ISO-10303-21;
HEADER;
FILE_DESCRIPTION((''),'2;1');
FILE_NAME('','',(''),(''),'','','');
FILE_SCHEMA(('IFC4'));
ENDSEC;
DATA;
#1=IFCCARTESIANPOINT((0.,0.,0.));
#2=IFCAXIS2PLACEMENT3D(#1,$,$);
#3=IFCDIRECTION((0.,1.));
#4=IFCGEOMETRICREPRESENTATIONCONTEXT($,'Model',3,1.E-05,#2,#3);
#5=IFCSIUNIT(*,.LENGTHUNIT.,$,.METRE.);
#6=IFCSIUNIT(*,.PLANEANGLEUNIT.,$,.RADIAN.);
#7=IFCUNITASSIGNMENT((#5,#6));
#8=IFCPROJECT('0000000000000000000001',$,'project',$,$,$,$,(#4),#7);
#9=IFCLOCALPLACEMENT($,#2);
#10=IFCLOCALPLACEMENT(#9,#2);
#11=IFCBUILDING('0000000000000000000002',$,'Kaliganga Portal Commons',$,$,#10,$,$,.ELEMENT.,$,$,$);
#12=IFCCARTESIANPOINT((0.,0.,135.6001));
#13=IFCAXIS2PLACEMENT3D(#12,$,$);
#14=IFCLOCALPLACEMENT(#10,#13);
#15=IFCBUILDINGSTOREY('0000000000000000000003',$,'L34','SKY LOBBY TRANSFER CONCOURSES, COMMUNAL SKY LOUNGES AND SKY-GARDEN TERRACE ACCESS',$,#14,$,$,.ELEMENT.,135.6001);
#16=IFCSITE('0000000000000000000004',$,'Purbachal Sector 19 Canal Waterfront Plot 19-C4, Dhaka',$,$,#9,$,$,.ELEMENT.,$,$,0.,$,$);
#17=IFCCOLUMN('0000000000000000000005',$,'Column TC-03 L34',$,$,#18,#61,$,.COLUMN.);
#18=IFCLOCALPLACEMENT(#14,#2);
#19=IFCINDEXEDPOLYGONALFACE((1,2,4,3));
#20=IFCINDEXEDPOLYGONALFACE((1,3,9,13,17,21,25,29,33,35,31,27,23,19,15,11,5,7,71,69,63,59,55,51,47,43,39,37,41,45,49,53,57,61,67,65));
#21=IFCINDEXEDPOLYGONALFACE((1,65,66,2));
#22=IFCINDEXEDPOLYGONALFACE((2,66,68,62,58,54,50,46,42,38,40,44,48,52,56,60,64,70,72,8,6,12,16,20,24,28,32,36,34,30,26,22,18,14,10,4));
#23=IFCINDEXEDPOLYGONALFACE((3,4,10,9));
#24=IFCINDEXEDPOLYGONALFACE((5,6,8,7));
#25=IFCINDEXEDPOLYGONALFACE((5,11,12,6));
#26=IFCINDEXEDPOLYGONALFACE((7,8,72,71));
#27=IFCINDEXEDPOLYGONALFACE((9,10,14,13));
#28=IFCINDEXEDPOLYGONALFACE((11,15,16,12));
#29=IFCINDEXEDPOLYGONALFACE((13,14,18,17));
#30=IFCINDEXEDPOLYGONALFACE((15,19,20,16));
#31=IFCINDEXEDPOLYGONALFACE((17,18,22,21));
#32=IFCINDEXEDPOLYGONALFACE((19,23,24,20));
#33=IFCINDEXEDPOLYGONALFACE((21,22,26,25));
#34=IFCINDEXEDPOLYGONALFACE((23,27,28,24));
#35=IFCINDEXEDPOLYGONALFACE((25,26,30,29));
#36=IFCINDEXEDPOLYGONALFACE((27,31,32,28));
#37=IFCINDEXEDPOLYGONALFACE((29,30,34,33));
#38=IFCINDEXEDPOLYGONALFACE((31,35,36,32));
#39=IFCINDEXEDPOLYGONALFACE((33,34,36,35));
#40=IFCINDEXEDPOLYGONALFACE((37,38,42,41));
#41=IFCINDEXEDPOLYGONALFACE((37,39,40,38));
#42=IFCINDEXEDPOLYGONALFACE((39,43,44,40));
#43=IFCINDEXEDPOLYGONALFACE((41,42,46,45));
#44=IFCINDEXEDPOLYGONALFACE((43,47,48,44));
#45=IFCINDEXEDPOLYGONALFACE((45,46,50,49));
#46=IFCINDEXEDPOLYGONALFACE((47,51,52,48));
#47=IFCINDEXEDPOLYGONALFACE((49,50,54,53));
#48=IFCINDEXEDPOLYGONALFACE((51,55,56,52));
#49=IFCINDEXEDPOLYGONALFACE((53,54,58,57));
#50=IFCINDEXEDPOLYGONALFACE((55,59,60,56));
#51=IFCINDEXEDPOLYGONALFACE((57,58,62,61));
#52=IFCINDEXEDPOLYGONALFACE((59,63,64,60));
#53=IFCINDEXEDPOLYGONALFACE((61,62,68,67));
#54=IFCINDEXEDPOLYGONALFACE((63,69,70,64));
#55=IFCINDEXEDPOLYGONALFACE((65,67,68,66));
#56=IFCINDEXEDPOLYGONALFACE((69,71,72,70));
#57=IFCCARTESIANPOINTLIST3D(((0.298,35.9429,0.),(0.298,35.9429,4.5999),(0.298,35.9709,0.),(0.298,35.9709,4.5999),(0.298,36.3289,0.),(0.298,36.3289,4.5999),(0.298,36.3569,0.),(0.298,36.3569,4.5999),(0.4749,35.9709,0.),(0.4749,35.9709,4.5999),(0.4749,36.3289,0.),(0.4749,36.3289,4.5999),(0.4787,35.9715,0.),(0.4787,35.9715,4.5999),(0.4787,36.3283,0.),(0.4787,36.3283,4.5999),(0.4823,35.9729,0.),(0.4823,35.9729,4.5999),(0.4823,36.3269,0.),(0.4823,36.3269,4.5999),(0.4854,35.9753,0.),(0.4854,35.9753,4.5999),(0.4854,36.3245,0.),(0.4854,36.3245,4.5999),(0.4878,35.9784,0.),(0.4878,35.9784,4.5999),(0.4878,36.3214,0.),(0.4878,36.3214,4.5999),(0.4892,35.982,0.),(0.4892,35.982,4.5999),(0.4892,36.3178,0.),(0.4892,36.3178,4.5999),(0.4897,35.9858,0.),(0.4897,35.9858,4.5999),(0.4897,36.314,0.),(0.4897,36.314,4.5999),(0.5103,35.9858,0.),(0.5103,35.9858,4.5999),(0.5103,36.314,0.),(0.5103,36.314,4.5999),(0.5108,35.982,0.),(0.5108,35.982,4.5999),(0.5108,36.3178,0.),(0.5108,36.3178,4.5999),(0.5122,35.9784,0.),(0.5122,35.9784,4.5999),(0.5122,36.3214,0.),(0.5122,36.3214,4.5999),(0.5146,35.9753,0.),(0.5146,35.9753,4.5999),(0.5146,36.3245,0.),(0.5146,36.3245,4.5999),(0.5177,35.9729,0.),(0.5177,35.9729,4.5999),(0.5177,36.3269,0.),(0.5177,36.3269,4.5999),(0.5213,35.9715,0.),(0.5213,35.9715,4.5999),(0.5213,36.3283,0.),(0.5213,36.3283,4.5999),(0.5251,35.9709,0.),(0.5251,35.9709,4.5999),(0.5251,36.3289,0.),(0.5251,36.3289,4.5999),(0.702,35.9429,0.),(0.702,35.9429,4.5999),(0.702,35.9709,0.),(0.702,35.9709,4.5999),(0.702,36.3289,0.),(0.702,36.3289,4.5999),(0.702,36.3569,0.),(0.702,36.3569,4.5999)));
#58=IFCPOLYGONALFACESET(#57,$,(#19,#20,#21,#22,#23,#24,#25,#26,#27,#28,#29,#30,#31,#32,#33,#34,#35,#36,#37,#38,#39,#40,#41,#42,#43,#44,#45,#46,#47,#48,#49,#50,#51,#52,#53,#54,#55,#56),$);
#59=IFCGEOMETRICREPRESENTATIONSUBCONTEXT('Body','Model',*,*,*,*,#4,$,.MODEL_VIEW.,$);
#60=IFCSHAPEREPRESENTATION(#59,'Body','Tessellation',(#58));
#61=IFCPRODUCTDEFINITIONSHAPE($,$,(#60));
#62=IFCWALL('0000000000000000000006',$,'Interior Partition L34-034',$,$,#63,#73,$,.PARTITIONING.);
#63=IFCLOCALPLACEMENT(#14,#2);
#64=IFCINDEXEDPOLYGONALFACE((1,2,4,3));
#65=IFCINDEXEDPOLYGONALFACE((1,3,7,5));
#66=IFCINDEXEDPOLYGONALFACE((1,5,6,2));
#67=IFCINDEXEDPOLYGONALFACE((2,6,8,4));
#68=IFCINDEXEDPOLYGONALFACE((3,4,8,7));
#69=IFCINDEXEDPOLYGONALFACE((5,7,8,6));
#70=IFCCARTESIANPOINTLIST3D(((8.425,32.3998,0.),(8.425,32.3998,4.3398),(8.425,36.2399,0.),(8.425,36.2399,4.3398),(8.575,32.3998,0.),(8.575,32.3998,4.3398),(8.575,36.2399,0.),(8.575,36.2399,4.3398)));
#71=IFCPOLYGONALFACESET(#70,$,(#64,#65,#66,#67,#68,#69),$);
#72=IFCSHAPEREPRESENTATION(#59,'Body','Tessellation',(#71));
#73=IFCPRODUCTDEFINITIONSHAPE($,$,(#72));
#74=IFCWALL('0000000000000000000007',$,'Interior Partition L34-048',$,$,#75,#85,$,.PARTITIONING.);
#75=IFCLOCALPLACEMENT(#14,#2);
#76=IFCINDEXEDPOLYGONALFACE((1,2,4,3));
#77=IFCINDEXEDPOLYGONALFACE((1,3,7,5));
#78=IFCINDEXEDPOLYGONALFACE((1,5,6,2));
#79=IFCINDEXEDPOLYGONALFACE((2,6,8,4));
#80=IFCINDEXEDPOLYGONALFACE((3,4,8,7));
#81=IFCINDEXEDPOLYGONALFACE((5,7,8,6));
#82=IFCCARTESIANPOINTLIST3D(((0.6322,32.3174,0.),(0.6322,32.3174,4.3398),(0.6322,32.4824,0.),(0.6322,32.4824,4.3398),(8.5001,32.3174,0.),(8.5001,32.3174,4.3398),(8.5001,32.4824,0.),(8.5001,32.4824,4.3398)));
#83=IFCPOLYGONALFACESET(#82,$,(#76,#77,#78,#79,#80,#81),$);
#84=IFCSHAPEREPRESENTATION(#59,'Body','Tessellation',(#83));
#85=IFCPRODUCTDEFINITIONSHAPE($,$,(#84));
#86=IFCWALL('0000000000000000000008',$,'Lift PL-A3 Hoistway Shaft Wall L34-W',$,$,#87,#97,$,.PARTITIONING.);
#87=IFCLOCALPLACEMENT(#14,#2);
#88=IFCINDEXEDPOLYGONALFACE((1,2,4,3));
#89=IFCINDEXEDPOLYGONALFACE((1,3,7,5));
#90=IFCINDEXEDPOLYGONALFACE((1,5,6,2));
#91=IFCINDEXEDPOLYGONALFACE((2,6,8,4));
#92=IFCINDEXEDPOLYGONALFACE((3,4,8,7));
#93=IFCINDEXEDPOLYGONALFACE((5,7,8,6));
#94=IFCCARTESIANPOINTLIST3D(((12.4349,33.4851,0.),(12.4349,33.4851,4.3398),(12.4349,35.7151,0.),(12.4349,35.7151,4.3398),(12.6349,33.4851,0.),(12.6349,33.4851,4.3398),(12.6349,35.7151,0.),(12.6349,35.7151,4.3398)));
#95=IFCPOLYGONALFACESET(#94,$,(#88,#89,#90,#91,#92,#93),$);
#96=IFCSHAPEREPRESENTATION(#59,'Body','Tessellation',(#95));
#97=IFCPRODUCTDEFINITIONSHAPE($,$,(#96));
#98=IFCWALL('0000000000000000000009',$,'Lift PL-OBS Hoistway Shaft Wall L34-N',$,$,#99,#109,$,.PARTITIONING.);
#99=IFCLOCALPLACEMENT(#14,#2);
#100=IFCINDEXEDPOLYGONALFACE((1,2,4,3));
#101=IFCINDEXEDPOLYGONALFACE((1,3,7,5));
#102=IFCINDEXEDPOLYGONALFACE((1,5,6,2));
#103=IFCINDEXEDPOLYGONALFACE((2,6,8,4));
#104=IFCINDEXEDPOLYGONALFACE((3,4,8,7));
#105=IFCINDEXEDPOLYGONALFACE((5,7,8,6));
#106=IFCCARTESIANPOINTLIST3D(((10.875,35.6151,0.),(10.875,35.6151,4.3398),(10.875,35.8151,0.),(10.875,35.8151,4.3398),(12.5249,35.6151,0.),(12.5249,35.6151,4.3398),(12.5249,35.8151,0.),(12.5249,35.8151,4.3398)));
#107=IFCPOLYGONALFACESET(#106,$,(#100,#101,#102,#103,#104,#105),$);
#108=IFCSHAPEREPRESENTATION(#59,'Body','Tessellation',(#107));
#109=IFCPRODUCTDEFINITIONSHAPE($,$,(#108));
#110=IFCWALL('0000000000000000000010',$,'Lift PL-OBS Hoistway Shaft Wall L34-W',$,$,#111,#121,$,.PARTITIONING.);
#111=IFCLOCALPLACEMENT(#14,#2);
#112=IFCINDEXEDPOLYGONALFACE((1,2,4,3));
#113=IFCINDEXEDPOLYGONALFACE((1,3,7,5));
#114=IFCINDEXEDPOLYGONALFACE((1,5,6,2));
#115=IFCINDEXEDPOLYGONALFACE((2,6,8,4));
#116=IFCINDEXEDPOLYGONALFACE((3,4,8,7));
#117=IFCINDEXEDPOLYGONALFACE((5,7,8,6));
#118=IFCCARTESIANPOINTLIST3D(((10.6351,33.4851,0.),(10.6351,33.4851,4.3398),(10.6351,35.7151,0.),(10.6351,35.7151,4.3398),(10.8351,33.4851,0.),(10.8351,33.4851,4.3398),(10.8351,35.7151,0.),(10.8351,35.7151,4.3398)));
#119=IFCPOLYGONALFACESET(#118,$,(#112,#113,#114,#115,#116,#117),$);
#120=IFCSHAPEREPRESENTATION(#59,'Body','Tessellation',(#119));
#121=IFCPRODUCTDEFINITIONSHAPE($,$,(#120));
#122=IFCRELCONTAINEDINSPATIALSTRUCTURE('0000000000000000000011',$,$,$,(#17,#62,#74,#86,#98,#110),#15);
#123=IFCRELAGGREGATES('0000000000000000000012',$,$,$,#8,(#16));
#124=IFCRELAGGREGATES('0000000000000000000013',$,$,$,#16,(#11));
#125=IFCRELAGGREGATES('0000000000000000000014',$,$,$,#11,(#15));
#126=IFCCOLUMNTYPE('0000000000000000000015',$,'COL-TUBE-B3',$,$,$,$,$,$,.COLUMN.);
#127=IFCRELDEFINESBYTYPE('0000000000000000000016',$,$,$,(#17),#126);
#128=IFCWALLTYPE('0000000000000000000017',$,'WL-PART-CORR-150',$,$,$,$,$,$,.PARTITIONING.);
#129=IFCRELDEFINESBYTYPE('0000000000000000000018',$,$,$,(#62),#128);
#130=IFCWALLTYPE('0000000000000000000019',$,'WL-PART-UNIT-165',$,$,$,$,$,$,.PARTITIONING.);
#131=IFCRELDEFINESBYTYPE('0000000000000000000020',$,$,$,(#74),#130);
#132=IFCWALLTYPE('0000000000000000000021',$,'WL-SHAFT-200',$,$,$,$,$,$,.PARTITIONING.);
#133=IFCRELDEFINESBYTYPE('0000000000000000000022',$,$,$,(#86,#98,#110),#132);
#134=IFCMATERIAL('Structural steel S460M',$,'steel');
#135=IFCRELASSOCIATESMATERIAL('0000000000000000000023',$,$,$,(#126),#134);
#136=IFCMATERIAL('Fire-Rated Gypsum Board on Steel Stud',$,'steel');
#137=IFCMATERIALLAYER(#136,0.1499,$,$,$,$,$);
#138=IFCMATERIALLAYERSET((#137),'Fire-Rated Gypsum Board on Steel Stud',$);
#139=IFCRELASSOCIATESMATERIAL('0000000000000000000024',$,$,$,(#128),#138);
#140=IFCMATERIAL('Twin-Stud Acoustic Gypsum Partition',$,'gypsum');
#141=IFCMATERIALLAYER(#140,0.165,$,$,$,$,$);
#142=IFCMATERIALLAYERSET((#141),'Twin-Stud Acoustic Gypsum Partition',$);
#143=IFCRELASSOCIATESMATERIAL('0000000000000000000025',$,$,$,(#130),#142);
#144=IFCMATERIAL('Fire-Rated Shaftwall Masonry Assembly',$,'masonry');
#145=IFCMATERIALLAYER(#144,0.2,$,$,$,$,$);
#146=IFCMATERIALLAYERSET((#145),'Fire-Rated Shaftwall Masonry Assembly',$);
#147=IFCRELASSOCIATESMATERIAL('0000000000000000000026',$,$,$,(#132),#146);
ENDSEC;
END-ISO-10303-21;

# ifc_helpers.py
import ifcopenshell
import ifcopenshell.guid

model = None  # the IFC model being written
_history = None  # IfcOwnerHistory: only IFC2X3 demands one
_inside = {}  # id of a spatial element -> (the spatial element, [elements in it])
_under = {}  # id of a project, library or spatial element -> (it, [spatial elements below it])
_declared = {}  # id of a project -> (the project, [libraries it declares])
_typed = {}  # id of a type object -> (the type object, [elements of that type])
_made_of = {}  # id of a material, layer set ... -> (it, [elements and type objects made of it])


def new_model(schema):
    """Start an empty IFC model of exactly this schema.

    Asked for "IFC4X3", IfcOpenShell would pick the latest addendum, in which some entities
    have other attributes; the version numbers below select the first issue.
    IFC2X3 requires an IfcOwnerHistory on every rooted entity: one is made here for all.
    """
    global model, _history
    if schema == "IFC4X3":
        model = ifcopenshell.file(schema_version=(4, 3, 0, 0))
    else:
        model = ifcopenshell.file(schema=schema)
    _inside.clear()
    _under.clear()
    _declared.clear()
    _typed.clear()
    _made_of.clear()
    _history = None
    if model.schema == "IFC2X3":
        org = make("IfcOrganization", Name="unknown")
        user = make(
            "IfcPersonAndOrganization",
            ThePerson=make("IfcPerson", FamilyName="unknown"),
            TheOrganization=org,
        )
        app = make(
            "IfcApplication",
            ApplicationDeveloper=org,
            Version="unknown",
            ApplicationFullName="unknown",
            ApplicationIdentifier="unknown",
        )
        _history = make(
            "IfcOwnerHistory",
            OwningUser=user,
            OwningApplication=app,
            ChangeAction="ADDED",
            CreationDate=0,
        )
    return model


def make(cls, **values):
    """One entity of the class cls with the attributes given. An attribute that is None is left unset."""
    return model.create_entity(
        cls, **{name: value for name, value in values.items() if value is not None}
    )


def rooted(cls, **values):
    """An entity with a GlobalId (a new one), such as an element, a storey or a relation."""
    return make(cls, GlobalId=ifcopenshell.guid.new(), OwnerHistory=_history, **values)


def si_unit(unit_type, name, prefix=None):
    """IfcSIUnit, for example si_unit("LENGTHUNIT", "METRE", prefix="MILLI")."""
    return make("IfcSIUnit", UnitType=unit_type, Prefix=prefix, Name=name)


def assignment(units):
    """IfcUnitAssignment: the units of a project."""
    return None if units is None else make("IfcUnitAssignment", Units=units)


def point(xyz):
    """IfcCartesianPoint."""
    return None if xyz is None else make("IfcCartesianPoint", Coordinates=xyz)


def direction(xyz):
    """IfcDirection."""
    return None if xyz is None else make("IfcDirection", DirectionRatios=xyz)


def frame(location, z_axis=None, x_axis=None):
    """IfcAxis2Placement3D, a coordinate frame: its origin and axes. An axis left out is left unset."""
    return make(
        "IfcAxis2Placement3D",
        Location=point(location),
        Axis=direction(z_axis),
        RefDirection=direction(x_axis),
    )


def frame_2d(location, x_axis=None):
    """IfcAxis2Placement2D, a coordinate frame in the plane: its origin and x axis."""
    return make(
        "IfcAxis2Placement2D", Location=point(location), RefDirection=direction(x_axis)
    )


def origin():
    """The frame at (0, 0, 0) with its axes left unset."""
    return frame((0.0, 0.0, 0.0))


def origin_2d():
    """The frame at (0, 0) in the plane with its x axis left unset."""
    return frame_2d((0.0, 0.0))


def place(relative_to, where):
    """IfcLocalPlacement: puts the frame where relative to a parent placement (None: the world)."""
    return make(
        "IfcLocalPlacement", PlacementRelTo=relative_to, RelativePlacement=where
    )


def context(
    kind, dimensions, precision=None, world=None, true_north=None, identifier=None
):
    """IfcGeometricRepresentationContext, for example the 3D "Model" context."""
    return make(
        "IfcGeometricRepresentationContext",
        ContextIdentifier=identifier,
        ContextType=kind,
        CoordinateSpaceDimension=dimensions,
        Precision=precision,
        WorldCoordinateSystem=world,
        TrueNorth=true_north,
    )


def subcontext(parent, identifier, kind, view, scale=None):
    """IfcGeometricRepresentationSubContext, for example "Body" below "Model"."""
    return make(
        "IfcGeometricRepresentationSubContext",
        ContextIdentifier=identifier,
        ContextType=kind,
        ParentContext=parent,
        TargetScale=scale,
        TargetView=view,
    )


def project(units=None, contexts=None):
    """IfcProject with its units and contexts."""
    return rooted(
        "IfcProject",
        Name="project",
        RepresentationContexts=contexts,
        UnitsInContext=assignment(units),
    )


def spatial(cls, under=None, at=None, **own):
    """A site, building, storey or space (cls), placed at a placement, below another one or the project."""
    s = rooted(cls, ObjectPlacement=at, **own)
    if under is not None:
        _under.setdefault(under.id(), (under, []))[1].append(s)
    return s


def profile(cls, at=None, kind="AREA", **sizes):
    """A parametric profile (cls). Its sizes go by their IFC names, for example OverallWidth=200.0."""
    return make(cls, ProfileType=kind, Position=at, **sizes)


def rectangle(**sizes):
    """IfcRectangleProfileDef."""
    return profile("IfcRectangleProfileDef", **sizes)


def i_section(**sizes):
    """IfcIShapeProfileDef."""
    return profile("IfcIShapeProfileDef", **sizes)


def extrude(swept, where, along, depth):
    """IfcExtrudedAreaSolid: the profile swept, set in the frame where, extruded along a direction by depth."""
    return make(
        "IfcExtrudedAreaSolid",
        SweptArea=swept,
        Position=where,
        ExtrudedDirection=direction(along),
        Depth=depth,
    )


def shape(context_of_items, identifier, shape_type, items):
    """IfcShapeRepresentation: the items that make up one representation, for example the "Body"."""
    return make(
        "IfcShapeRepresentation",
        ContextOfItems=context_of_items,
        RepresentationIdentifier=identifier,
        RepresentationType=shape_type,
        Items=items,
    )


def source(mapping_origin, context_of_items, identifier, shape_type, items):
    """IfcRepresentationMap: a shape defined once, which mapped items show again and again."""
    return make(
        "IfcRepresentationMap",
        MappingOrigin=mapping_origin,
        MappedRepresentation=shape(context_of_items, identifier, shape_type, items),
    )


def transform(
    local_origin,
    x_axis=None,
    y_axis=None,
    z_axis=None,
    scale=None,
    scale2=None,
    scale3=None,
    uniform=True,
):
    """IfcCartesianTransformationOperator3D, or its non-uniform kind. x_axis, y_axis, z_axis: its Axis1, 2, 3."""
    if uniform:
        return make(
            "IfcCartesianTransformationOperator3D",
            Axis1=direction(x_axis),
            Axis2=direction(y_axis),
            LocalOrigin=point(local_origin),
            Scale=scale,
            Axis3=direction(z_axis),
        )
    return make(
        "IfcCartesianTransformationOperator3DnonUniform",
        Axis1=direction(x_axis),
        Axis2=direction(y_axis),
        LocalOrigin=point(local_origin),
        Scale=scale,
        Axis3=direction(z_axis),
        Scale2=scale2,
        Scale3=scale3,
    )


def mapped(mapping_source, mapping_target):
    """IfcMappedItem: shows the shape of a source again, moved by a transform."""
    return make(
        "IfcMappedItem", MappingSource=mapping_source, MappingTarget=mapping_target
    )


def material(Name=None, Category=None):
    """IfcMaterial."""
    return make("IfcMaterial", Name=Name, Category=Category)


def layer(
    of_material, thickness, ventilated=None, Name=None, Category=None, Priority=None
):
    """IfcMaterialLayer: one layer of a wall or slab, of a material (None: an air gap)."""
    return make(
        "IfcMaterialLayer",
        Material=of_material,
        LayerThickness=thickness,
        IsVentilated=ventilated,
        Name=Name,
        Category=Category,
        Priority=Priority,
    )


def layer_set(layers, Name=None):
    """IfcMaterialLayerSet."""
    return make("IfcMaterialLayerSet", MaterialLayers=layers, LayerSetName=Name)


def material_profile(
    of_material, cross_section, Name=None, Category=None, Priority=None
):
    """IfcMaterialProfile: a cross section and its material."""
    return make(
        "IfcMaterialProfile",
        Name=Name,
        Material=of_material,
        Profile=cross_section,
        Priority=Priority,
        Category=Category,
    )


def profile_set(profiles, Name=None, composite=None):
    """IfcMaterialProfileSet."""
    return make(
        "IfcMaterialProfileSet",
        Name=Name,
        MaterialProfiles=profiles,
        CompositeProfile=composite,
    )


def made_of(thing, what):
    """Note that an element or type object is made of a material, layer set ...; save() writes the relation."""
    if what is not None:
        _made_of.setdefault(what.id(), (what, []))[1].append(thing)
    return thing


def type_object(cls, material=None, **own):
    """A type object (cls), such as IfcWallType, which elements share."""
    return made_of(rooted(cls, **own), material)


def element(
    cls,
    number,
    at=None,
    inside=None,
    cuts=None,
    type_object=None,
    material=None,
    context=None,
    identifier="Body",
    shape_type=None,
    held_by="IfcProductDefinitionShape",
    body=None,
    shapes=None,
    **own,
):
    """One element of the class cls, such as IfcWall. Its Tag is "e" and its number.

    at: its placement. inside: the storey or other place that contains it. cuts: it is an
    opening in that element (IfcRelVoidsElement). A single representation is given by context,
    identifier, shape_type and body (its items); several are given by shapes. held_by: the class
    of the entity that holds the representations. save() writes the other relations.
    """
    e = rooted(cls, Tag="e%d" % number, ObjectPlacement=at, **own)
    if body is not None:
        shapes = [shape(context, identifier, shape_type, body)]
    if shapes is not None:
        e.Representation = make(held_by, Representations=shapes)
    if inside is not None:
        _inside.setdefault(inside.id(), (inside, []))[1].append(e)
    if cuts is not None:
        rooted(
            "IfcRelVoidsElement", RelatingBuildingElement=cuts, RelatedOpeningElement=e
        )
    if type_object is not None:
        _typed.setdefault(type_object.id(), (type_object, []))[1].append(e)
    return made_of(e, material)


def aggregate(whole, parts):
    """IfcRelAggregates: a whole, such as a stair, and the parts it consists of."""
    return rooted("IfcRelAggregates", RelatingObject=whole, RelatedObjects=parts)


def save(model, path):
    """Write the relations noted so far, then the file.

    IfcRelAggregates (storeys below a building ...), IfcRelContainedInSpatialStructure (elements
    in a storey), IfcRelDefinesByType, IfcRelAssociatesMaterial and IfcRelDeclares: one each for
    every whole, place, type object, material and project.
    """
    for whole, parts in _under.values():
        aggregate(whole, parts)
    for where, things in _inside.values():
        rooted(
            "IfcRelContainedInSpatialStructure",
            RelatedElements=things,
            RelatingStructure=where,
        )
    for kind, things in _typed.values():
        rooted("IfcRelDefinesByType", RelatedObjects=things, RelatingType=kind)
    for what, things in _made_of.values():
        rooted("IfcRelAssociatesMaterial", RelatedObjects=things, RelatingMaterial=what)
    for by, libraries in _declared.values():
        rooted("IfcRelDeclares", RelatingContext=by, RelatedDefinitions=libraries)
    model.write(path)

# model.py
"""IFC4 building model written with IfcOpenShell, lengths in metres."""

from ifc_helpers import new_model, si_unit, direction, frame, frame_2d, origin, origin_2d, place, context, subcontext, project, spatial, rectangle, i_section, extrude, source, transform, mapped, material, layer, layer_set, material_profile, profile_set, type_object, element, save


model = new_model("IFC4")

# Units and contexts
model_context = context("Model", 3, precision=1e-05, world=origin(), true_north=direction((0.0, 1.0)))
body_context = subcontext(model_context, "Body", "Model", "MODEL_VIEW")
ifc_project = project(units=[si_unit("LENGTHUNIT", "METRE"), si_unit("PLANEANGLEUNIT", "RADIAN")], contexts=[model_context])

# Site, building, storey
site_placement = place(None, origin())
site = spatial("IfcSite", under=ifc_project, at=site_placement, Name="Purbachal Sector 19 Canal Waterfront Plot 19-C4, Dhaka", CompositionType="ELEMENT", RefElevation=0.0)
building_placement = place(site_placement, origin())
building = spatial("IfcBuilding", under=site, at=building_placement, Name="Kaliganga Portal Commons", CompositionType="ELEMENT")
storey_placement = place(building_placement, frame((0.0, 0.0, 135.6001)))
storey = spatial("IfcBuildingStorey", under=building, at=storey_placement, Name="L34", Description="SKY LOBBY TRANSFER CONCOURSES, COMMUNAL SKY LOUNGES AND SKY-GARDEN TERRACE ACCESS", CompositionType="ELEMENT", Elevation=135.6001)

# Column
ifc_material_1 = material(Name="Structural steel S460M", Category="steel")
ifc_material_profile = material_profile(ifc_material_1, i_section(OverallWidth=0.4041, OverallDepth=0.4141, WebThickness=0.0205, FlangeThickness=0.0281, FilletRadius=0.0149, at=origin_2d()), Name="HD 400x347")
ifc_profile_set = profile_set([ifc_material_profile], Name="Structural steel S460M wide-flange")
column_type = type_object("IfcColumnType", Name="COL-TUBE-B3", PredefinedType="COLUMN", material=ifc_profile_set)
shared_shape = source(origin(), body_context, "Body", "SweptSolid", [
    extrude(i_section(OverallWidth=0.4041, OverallDepth=0.4141, WebThickness=0.0205, FlangeThickness=0.0281, FilletRadius=0.0149, at=origin_2d()), origin(), (0.0, 0.0, 1.0), 4.5999),
])
column_placement = place(storey_placement, frame((0.5, 36.1499, 0.0), z_axis=(0.0, 0.0, 1.0), x_axis=(1.0, 0.0, 0.0)))
element("IfcColumn", 1, at=column_placement, inside=storey, type_object=column_type, Name="Column TC-03 L34", PredefinedType="COLUMN", context=body_context, shape_type="MappedRepresentation", body=[
    mapped(shared_shape, transform((0.0, 0.0, 0.0), x_axis=(1.0, 0.0, 0.0), y_axis=(0.0, 1.0, 0.0), z_axis=(0.0, 0.0, 1.0), scale=1.0)),
])

# Walls
ifc_material_2 = material(Name="Fire-Rated Gypsum Board on Steel Stud", Category="steel")
ifc_layer_1 = layer(ifc_material_2, 0.1499)
ifc_layer_set_1 = layer_set([ifc_layer_1], Name="Fire-Rated Gypsum Board on Steel Stud")
wall_type_1 = type_object("IfcWallType", Name="WL-PART-CORR-150", PredefinedType="PARTITIONING", material=ifc_layer_set_1)
wall_1_placement = place(storey_placement, frame((8.5, 32.3999, 0.0), z_axis=(0.0, 0.0, 1.0), x_axis=(0.0, 1.0, 0.0)))
element("IfcWall", 2, at=wall_1_placement, inside=storey, type_object=wall_type_1, Name="Interior Partition L34-034", PredefinedType="PARTITIONING", context=body_context, shape_type="SweptSolid", body=[
    extrude(rectangle(XDim=3.8401, YDim=0.1499, at=frame_2d((1.9199, 0.0))), origin(), (0.0, 0.0, 1.0), 4.3398),
])
ifc_material_3 = material(Name="Twin-Stud Acoustic Gypsum Partition", Category="gypsum")
ifc_layer_2 = layer(ifc_material_3, 0.165)
ifc_layer_set_2 = layer_set([ifc_layer_2], Name="Twin-Stud Acoustic Gypsum Partition")
wall_type_2 = type_object("IfcWallType", Name="WL-PART-UNIT-165", PredefinedType="PARTITIONING", material=ifc_layer_set_2)
wall_2_placement = place(storey_placement, frame((0.6321, 32.3999, 0.0), z_axis=(0.0, 0.0, 1.0), x_axis=(1.0, 0.0, 0.0)))
element("IfcWall", 3, at=wall_2_placement, inside=storey, type_object=wall_type_2, Name="Interior Partition L34-048", PredefinedType="PARTITIONING", context=body_context, shape_type="SweptSolid", body=[
    extrude(rectangle(XDim=7.8679, YDim=0.165, at=frame_2d((3.9341, 0.0))), origin(), (0.0, 0.0, 1.0), 4.3398),
])

# Shared definitions
ifc_material_4 = material(Name="Fire-Rated Shaftwall Masonry Assembly", Category="masonry")
ifc_layer_3 = layer(ifc_material_4, 0.2)
ifc_layer_set_3 = layer_set([ifc_layer_3], Name="Fire-Rated Shaftwall Masonry Assembly")
wall_type_3 = type_object("IfcWallType", Name="WL-SHAFT-200", PredefinedType="PARTITIONING", material=ifc_layer_set_3)

# Wall
wall_3_placement = place(storey_placement, frame((12.5349, 33.4851, 0.0), z_axis=(0.0, 0.0, 1.0), x_axis=(0.0, 1.0, 0.0)))
element("IfcWall", 4, at=wall_3_placement, inside=storey, type_object=wall_type_3, Name="Lift PL-A3 Hoistway Shaft Wall L34-W", PredefinedType="PARTITIONING", context=body_context, shape_type="SweptSolid", body=[
    extrude(rectangle(XDim=2.23, YDim=0.2, at=frame_2d((1.115, 0.0))), origin(), (0.0, 0.0, 1.0), 4.3398),
])

# Walls
wall_4_placement = place(storey_placement, frame((10.875, 35.7151, 0.0), z_axis=(0.0, 0.0, 1.0), x_axis=(1.0, 0.0, 0.0)))
element("IfcWall", 5, at=wall_4_placement, inside=storey, type_object=wall_type_3, Name="Lift PL-OBS Hoistway Shaft Wall L34-N", PredefinedType="PARTITIONING", context=body_context, shape_type="SweptSolid", body=[
    extrude(rectangle(XDim=1.6499, YDim=0.2, at=frame_2d((0.825, 0.0))), origin(), (0.0, 0.0, 1.0), 4.3398),
])
wall_5_placement = place(storey_placement, frame((10.7351, 33.4851, 0.0), z_axis=(0.0, 0.0, 1.0), x_axis=(0.0, 1.0, 0.0)))
element("IfcWall", 6, at=wall_5_placement, inside=storey, type_object=wall_type_3, Name="Lift PL-OBS Hoistway Shaft Wall L34-W", PredefinedType="PARTITIONING", context=body_context, shape_type="SweptSolid", body=[
    extrude(rectangle(XDim=2.23, YDim=0.2, at=frame_2d((1.115, 0.0))), origin(), (0.0, 0.0, 1.0), 4.3398),
])

save(model, "model.ifc")
